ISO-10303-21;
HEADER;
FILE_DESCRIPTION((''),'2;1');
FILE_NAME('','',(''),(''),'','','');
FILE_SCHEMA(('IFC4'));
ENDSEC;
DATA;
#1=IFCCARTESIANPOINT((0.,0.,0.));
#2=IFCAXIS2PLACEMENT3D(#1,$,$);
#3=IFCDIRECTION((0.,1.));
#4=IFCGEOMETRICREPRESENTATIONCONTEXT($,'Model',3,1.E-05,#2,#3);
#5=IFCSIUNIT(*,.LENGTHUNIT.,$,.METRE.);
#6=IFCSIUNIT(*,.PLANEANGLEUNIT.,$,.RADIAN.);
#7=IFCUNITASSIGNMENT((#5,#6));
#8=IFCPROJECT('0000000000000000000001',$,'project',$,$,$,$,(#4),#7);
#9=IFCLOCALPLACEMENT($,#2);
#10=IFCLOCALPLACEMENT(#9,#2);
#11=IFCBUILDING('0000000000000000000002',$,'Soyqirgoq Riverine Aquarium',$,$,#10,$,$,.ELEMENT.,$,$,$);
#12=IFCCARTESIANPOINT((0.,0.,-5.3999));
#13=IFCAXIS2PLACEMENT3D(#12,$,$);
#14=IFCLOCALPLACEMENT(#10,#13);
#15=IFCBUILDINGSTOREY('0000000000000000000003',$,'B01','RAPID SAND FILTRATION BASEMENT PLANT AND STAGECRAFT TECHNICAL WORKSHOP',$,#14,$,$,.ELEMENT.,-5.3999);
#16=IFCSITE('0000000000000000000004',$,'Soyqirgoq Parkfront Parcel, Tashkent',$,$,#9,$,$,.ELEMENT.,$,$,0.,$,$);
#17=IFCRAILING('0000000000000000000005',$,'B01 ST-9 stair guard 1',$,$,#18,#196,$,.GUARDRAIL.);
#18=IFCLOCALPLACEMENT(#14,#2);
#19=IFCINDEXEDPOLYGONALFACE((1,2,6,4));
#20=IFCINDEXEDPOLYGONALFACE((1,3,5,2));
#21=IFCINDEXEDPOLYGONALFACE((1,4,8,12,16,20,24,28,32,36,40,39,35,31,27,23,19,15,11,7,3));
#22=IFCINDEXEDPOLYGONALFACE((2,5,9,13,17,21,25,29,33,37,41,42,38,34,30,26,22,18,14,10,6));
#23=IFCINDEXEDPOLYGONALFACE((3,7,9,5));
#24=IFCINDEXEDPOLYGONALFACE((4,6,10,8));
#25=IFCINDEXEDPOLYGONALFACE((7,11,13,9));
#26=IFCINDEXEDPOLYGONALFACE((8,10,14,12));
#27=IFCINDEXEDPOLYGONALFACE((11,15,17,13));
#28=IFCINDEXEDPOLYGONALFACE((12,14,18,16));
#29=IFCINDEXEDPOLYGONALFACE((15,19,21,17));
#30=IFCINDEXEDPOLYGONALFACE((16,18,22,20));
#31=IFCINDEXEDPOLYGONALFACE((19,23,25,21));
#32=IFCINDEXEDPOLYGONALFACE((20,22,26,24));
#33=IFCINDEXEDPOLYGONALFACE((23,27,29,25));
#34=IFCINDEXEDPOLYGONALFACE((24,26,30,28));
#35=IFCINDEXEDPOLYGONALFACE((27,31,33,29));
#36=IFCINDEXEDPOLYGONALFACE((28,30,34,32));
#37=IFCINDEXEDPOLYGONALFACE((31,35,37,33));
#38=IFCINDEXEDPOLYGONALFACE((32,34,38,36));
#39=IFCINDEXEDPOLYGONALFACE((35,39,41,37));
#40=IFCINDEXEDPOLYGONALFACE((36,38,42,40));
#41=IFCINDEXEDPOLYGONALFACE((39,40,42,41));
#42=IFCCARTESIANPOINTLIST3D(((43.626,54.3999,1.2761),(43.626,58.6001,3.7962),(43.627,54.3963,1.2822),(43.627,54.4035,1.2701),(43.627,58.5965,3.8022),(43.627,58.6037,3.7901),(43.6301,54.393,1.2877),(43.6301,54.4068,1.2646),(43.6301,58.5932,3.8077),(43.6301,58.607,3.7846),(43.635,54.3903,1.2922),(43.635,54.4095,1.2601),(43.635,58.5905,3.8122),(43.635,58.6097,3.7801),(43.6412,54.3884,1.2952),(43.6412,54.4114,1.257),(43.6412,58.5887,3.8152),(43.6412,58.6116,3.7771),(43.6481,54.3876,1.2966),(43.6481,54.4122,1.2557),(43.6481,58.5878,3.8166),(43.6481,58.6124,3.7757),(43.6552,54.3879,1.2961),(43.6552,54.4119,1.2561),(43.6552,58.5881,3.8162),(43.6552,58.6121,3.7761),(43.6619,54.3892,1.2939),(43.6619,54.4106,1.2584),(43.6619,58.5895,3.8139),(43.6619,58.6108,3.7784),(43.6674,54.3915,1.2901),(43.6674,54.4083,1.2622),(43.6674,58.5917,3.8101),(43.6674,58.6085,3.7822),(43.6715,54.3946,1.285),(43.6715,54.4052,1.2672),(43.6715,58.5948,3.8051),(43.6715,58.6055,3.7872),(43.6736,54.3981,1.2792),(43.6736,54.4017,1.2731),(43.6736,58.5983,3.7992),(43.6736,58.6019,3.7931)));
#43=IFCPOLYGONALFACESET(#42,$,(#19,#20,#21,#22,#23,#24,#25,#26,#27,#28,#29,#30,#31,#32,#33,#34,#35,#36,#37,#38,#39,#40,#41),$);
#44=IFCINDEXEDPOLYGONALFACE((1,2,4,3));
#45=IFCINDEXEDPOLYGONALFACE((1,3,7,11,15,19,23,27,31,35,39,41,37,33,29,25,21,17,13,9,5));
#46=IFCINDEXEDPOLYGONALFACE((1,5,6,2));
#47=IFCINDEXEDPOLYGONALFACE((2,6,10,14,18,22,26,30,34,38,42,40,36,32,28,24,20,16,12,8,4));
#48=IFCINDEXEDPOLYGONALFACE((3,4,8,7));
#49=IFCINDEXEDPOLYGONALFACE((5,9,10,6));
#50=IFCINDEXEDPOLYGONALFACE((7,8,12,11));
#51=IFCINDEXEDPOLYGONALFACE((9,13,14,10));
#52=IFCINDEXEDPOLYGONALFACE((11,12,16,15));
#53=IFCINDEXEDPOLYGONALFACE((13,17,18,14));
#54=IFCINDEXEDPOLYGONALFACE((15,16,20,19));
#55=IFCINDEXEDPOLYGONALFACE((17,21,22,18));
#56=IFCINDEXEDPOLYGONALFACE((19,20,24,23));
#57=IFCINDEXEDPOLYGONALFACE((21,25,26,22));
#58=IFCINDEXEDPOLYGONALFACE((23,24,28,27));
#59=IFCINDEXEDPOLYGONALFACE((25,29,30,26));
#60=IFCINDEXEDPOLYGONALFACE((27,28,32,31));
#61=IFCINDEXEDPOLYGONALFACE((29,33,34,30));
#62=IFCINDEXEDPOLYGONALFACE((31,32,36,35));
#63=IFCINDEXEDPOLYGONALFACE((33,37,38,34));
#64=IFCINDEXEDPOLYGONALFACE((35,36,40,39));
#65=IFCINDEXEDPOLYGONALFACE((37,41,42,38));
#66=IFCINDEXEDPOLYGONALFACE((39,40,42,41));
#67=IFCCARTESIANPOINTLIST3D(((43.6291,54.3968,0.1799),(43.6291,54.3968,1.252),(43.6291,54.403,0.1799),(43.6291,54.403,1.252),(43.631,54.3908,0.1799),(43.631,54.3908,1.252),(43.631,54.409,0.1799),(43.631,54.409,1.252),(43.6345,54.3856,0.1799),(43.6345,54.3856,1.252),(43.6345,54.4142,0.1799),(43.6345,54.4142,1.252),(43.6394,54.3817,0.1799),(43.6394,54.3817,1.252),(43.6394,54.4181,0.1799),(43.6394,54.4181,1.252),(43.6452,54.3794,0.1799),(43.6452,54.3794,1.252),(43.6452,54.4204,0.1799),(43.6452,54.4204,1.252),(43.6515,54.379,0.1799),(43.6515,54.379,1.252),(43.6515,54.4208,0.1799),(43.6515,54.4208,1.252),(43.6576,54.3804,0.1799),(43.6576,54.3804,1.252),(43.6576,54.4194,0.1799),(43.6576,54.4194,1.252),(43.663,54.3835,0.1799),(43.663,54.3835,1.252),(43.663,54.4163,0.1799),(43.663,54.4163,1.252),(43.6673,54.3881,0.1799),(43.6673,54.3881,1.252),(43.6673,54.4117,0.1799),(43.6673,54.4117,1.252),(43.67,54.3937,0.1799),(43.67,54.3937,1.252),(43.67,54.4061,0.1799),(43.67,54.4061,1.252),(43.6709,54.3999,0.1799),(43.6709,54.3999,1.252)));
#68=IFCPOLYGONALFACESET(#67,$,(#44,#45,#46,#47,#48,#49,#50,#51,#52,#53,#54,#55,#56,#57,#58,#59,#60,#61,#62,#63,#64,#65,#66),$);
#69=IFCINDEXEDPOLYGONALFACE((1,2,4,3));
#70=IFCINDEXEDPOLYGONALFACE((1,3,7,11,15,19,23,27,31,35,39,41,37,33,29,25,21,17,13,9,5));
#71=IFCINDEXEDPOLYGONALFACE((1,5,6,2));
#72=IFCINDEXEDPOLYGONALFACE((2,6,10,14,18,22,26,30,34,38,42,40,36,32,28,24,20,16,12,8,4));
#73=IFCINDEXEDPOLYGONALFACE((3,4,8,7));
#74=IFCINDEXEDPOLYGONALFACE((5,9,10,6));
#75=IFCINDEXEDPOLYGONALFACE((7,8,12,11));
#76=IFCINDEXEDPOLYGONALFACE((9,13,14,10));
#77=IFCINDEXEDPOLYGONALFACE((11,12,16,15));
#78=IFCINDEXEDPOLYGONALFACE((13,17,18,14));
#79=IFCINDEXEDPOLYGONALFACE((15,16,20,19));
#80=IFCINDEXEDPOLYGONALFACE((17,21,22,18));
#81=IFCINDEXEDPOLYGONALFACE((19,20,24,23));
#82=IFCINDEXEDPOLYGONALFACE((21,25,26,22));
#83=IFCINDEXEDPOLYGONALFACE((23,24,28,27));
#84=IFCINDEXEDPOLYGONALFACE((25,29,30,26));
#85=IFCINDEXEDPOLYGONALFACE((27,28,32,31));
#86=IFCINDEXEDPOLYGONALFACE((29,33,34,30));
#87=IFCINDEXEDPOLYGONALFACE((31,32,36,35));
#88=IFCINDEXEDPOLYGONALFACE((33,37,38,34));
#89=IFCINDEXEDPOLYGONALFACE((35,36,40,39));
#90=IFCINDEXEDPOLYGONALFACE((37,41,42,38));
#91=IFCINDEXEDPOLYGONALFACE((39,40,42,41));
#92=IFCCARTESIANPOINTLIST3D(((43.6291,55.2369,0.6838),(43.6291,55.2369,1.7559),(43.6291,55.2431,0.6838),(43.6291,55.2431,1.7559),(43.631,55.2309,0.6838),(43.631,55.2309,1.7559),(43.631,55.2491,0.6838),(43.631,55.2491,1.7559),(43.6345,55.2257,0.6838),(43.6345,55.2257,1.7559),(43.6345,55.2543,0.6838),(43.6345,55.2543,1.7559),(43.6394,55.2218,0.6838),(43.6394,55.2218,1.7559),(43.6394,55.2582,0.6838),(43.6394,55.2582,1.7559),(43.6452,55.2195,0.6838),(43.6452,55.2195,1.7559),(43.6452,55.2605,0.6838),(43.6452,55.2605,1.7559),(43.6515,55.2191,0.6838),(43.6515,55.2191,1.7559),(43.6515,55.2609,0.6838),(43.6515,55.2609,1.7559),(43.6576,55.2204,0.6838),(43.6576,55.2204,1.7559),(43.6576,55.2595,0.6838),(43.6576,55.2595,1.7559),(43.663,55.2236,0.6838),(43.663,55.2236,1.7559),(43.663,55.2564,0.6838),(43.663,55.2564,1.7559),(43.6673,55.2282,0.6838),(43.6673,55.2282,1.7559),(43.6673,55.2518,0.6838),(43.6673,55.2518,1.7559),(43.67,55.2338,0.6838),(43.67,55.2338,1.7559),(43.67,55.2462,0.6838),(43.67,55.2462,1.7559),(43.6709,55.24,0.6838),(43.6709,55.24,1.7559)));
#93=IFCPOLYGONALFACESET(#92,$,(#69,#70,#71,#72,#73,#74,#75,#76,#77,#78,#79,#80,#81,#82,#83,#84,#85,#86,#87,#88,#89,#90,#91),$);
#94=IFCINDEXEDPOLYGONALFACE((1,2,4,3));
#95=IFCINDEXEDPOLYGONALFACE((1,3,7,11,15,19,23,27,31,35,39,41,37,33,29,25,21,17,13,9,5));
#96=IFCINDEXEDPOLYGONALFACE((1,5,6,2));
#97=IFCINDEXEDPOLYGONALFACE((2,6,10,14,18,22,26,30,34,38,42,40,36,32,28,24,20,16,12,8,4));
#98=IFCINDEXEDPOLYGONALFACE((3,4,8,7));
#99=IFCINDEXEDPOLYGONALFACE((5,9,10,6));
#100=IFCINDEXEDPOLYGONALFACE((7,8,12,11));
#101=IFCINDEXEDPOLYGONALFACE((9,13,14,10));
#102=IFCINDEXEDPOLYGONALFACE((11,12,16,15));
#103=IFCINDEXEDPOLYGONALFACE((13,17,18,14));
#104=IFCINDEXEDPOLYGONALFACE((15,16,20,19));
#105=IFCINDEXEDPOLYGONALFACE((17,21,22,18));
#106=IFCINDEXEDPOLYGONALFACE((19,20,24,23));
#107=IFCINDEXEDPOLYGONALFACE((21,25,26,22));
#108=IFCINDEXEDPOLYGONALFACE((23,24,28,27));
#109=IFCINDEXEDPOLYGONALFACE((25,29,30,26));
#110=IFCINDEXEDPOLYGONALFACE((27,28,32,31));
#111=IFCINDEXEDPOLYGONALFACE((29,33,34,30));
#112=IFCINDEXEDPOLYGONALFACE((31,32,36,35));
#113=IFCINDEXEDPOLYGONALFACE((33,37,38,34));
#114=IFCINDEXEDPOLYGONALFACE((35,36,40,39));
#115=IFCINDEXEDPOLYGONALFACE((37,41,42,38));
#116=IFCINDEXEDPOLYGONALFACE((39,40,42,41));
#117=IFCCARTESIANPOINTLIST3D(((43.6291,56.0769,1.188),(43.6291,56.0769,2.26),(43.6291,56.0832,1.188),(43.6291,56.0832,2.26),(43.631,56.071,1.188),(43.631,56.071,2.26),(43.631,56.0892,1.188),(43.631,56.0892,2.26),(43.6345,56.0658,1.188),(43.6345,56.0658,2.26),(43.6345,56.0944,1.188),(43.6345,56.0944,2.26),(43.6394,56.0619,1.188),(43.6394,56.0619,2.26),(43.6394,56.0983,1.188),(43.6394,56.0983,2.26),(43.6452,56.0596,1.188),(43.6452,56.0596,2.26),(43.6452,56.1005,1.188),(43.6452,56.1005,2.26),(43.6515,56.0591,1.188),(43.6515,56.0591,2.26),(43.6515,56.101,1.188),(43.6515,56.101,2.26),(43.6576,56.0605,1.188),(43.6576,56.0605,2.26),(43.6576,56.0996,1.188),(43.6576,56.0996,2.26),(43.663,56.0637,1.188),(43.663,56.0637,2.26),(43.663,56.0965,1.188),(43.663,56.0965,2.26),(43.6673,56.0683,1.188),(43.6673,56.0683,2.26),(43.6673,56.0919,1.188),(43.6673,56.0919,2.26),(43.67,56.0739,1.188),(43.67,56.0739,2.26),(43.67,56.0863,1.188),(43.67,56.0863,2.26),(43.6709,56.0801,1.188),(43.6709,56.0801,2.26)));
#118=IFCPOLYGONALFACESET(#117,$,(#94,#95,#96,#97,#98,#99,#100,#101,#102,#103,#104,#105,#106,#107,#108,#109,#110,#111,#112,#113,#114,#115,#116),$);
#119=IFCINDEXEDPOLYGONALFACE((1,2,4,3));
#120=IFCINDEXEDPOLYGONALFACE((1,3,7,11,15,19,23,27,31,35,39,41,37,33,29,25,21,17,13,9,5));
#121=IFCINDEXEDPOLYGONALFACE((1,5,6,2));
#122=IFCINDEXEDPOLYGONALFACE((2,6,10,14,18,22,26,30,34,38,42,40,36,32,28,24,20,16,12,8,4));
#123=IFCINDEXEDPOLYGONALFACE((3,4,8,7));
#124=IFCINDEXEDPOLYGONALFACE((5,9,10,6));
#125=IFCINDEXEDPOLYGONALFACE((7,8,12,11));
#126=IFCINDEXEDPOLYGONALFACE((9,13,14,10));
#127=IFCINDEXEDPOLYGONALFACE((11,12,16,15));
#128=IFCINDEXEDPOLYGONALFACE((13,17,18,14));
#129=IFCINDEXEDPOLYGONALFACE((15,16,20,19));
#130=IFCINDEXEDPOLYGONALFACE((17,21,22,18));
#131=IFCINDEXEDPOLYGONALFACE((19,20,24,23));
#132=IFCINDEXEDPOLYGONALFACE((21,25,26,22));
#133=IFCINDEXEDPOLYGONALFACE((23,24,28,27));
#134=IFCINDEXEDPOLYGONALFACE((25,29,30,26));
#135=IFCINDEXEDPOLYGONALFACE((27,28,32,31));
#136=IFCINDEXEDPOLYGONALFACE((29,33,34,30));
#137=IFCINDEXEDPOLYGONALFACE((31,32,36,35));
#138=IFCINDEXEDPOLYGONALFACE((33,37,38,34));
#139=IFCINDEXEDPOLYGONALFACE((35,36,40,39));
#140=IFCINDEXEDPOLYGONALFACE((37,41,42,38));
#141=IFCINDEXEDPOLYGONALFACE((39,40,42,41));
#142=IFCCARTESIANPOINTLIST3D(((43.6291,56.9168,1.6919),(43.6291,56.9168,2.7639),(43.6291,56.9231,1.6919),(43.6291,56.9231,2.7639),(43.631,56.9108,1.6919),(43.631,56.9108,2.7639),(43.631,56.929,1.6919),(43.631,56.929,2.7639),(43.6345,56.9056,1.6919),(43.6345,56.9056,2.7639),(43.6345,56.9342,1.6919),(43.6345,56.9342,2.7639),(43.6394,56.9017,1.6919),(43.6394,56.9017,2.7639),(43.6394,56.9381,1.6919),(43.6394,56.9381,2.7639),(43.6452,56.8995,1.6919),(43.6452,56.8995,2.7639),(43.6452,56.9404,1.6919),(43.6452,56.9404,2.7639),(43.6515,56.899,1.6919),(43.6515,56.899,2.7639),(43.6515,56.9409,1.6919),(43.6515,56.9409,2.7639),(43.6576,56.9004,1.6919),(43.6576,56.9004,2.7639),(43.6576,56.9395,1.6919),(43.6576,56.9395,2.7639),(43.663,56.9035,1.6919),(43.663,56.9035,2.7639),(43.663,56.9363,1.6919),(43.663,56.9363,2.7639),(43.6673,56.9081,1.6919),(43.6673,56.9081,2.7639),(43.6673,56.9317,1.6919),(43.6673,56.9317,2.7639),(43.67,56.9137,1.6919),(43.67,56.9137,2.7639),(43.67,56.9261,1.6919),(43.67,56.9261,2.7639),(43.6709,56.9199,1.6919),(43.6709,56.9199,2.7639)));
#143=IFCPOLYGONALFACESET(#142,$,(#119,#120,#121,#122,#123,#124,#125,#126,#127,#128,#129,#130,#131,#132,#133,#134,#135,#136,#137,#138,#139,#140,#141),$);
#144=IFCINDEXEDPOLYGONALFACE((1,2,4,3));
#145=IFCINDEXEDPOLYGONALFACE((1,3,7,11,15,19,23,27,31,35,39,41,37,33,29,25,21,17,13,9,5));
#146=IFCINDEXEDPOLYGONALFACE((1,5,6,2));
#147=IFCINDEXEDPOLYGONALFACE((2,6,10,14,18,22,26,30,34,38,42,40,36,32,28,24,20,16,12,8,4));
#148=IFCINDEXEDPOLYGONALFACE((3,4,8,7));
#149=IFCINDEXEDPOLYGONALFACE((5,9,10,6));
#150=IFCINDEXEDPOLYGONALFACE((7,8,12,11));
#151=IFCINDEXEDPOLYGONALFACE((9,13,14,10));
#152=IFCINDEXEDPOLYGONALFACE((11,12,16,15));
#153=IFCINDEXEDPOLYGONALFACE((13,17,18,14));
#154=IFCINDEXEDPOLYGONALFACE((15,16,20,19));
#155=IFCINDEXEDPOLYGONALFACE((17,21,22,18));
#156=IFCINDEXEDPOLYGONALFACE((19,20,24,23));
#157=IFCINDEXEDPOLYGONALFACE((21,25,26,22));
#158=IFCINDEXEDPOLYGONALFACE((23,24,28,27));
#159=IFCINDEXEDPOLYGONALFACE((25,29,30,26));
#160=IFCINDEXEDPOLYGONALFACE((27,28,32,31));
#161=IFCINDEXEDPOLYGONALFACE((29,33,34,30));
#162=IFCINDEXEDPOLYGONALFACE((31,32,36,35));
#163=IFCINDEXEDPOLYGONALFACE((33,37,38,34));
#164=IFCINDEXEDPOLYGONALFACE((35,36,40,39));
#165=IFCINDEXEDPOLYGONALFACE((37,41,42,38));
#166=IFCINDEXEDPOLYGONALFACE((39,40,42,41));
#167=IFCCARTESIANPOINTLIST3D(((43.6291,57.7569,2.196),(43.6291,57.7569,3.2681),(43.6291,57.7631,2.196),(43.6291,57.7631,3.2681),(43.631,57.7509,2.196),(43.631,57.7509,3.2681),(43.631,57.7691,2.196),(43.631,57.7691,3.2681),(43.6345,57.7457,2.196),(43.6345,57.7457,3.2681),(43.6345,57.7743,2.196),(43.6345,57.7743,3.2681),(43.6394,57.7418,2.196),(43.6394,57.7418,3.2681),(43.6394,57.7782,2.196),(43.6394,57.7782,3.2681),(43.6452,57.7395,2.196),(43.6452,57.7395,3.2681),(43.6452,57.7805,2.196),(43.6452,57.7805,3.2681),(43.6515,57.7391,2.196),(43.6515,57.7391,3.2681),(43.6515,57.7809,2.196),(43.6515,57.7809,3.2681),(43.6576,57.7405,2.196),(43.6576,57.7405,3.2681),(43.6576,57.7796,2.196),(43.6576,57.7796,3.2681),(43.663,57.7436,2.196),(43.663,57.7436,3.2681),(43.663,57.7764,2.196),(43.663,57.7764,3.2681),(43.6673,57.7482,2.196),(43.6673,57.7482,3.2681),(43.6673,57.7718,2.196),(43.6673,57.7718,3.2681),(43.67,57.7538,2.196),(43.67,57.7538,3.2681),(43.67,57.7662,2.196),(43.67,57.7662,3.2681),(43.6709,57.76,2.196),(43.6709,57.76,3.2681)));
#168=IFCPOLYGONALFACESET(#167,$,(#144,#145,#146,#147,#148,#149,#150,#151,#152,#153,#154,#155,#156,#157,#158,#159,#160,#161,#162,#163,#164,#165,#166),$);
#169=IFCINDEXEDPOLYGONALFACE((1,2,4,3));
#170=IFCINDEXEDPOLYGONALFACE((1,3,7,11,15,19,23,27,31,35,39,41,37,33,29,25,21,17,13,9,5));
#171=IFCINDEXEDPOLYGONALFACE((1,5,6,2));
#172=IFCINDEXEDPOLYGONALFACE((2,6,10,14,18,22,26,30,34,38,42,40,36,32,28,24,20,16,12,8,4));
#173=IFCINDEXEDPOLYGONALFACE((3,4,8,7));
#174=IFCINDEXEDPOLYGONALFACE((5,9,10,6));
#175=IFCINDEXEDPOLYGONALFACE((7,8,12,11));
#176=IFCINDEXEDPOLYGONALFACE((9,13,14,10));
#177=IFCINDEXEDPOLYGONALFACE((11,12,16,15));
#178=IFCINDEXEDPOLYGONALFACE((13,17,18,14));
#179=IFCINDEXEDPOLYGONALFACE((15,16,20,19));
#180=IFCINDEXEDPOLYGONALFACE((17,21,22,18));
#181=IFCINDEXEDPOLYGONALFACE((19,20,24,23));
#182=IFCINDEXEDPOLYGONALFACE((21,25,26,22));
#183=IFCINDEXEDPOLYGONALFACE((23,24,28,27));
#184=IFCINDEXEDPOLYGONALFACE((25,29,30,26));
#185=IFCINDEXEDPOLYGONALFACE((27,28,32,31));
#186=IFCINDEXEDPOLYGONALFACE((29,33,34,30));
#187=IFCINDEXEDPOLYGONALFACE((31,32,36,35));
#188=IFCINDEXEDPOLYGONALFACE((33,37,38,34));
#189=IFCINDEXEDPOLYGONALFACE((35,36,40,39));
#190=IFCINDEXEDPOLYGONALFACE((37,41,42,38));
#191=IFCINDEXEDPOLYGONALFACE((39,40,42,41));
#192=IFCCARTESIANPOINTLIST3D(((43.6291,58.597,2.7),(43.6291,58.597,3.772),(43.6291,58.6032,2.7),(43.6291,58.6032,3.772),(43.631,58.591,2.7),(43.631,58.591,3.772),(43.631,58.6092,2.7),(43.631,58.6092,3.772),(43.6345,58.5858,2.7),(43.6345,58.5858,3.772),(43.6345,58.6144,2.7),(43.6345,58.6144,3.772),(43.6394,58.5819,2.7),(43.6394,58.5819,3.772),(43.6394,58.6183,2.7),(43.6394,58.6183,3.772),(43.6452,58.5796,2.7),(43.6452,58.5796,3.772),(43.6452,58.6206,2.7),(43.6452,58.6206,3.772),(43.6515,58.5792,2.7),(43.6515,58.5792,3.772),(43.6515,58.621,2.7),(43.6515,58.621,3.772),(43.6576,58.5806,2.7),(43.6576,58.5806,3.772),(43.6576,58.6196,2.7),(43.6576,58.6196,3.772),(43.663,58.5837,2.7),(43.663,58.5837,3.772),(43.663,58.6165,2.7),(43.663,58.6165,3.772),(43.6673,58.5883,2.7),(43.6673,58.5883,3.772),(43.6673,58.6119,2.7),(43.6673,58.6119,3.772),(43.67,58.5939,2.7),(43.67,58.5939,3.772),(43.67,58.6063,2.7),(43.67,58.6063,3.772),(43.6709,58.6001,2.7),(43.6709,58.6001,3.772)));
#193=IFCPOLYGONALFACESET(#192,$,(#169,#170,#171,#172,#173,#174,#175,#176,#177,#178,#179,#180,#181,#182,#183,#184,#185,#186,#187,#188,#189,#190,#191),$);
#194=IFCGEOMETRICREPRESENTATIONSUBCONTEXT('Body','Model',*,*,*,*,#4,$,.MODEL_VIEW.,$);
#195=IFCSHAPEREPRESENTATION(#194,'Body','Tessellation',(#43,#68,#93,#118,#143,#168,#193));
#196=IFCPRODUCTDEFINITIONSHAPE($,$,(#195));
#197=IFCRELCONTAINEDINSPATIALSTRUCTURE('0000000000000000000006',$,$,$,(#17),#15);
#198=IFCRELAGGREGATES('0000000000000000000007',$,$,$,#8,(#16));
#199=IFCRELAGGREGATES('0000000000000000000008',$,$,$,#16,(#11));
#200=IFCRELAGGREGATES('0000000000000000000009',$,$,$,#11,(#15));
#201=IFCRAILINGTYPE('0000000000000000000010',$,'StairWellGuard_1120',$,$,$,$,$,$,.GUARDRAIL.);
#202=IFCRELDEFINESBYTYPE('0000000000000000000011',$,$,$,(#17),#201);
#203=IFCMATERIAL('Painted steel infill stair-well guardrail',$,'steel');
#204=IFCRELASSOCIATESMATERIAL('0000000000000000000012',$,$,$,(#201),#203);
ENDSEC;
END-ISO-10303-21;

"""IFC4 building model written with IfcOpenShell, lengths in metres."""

from ifc_helpers import new_model, si_unit, direction, frame, origin, origin_2d, place, context, subcontext, project, spatial, circle, extrude, material, type_object, element, save


model = new_model("IFC4")

# Units and contexts
model_context = context("Model", 3, precision=1e-05, world=origin(), true_north=direction((0.0, 1.0)))
body_context = subcontext(model_context, "Body", "Model", "MODEL_VIEW")
ifc_project = project(units=[si_unit("LENGTHUNIT", "METRE"), si_unit("PLANEANGLEUNIT", "RADIAN")], contexts=[model_context])

# Site, building, storey
site_placement = place(None, origin())
site = spatial("IfcSite", under=ifc_project, at=site_placement, Name="Soyqirgoq Parkfront Parcel, Tashkent", CompositionType="ELEMENT", RefElevation=0.0)
building_placement = place(site_placement, origin())
building = spatial("IfcBuilding", under=site, at=building_placement, Name="Soyqirgoq Riverine Aquarium", CompositionType="ELEMENT")
storey_placement = place(building_placement, frame((0.0, 0.0, -5.3999)))
storey = spatial("IfcBuildingStorey", under=building, at=storey_placement, Name="B01", Description="RAPID SAND FILTRATION BASEMENT PLANT AND STAGECRAFT TECHNICAL WORKSHOP", CompositionType="ELEMENT", Elevation=-5.3999)

# Railing
ifc_material_1 = material(Name="Painted steel infill stair-well guardrail", Category="steel")
railing_type_1 = type_object("IfcRailingType", Name="StairWellGuard_1120", PredefinedType="GUARDRAIL", material=ifc_material_1)
railing_1_placement = place(storey_placement, frame((43.6499, 54.3999, 0.1799)))
element("IfcRailing", 1, at=railing_1_placement, inside=storey, type_object=railing_type_1, Name="B01 ST-9 stair guard 1", PredefinedType="GUARDRAIL", context=body_context, shape_type="SweptSolid", body=[
    extrude(circle(Radius=0.0239, at=origin_2d()), frame((0.0, 0.0, 1.0962), z_axis=(0.0, 0.857502, 0.514481), x_axis=(-1.0, 0.0, 0.0)), (0.0, 0.0, 1.0), 4.8982),
    extrude(circle(Radius=0.021, at=origin_2d()), origin(), (0.0, 0.0, 1.0), 1.072),
    extrude(circle(Radius=0.021, at=origin_2d()), frame((0.0, 0.8401, 0.5039)), (0.0, 0.0, 1.0), 1.072),
    extrude(circle(Radius=0.021, at=origin_2d()), frame((0.0, 1.6802, 1.0081)), (0.0, 0.0, 1.0), 1.072),
    extrude(circle(Radius=0.021, at=origin_2d()), frame((0.0, 2.52, 1.512)), (0.0, 0.0, 1.0), 1.072),
    extrude(circle(Radius=0.021, at=origin_2d()), frame((0.0, 3.3601, 2.0161)), (0.0, 0.0, 1.0), 1.072),
    extrude(circle(Radius=0.021, at=origin_2d()), frame((0.0, 4.2002, 2.52)), (0.0, 0.0, 1.0), 1.072),
])

save(model, "model.ifc")
